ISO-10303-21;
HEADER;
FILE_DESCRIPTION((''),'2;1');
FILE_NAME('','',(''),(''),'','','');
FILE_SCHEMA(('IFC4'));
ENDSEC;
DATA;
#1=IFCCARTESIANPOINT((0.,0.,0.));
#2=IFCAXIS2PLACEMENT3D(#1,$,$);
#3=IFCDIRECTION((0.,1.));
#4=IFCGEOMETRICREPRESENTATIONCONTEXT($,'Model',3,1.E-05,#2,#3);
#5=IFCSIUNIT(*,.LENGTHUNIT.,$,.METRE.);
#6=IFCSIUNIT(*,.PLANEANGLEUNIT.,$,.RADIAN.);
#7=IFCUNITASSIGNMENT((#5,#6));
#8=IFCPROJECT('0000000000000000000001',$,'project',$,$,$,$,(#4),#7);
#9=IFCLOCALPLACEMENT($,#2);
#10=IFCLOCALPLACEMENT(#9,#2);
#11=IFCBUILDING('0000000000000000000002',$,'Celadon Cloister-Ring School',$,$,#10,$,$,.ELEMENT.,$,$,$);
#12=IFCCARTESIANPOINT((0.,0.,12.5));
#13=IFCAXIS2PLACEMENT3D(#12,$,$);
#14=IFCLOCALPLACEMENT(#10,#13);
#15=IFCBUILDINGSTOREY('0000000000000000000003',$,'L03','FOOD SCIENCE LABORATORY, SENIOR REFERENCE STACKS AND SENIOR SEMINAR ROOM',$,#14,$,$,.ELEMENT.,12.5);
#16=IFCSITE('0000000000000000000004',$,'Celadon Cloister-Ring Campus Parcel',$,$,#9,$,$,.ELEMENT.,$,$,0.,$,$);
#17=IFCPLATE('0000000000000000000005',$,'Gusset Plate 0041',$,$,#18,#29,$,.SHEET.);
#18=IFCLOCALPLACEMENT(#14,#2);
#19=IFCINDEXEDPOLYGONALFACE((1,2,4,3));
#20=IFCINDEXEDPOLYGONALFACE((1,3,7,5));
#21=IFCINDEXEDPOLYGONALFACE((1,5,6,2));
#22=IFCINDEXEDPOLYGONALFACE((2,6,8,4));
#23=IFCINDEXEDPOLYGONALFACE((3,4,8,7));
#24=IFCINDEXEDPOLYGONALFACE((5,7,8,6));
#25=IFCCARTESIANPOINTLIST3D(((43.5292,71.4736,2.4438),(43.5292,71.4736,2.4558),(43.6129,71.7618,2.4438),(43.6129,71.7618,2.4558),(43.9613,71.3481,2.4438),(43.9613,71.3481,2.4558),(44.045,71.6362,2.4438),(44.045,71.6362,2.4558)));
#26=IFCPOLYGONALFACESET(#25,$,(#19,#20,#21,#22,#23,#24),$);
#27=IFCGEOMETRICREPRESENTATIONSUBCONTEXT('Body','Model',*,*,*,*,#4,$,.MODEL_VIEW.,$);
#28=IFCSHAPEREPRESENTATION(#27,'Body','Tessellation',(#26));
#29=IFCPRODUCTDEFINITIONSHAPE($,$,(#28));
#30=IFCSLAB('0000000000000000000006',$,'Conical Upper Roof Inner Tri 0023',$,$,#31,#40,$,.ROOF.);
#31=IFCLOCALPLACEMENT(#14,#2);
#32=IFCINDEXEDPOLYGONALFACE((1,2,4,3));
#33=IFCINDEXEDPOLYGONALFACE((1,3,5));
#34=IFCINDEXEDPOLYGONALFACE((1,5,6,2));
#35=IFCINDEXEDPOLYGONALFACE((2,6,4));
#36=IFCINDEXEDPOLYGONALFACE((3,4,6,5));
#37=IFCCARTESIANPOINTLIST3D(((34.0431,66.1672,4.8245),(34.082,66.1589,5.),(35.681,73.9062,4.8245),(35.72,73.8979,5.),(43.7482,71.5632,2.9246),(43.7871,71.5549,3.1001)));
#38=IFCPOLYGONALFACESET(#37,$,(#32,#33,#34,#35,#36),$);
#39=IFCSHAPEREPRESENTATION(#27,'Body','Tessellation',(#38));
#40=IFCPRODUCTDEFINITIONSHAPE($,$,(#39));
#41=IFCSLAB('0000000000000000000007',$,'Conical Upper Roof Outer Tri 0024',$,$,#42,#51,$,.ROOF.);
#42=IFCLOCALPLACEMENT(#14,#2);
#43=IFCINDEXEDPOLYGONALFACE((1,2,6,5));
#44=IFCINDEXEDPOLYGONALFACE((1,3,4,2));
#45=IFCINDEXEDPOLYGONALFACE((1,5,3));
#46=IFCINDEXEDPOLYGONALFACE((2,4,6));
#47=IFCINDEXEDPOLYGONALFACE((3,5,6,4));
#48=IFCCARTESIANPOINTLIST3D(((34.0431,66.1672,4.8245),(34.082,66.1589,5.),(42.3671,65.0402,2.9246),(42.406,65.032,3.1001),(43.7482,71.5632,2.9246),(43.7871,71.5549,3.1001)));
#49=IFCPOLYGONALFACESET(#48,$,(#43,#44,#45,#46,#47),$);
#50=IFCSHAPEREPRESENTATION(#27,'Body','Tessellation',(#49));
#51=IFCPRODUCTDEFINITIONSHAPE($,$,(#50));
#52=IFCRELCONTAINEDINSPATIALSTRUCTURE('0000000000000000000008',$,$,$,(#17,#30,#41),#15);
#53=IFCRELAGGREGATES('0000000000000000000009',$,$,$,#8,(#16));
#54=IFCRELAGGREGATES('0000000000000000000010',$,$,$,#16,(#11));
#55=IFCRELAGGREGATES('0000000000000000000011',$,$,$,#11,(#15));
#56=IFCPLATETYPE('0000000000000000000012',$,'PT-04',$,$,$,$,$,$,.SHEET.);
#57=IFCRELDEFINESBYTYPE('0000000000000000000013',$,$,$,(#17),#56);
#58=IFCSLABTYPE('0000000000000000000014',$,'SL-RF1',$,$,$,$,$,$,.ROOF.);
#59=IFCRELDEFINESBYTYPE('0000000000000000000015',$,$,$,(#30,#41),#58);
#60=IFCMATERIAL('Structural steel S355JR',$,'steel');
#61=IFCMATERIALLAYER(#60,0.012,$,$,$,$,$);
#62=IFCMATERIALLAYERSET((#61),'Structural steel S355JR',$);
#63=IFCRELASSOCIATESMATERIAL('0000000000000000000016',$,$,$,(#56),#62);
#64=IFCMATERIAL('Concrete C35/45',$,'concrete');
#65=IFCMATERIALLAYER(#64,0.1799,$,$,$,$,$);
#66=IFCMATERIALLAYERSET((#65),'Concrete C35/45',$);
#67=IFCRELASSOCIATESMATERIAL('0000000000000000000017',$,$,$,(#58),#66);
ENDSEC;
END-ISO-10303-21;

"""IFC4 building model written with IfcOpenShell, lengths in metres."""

from ifc_helpers import new_model, si_unit, direction, frame, origin, origin_2d, place, context, subcontext, project, spatial, polyline, rectangle, outline, extrude, material, layer, layer_set, type_object, element, save


model = new_model("IFC4")

# Units and contexts
model_context = context("Model", 3, precision=1e-05, world=origin(), true_north=direction((0.0, 1.0)))
body_context = subcontext(model_context, "Body", "Model", "MODEL_VIEW")
ifc_project = project(units=[si_unit("LENGTHUNIT", "METRE"), si_unit("PLANEANGLEUNIT", "RADIAN")], contexts=[model_context])

# Site, building, storey
site_placement = place(None, origin())
site = spatial("IfcSite", under=ifc_project, at=site_placement, Name="Celadon Cloister-Ring Campus Parcel", CompositionType="ELEMENT", RefElevation=0.0)
building_placement = place(site_placement, origin())
building = spatial("IfcBuilding", under=site, at=building_placement, Name="Celadon Cloister-Ring School", CompositionType="ELEMENT")
storey_placement = place(building_placement, frame((0.0, 0.0, 12.5)))
storey = spatial("IfcBuildingStorey", under=building, at=storey_placement, Name="L03", Description="FOOD SCIENCE LABORATORY, SENIOR REFERENCE STACKS AND SENIOR SEMINAR ROOM", CompositionType="ELEMENT", Elevation=12.5)

# Plate
ifc_material_1 = material(Name="Structural steel S355JR", Category="steel")
ifc_layer_1 = layer(ifc_material_1, 0.012)
ifc_layer_set_1 = layer_set([ifc_layer_1], Name="Structural steel S355JR")
plate_type_1 = type_object("IfcPlateType", Name="PT-04", PredefinedType="SHEET", material=ifc_layer_set_1)
plate_1_placement = place(storey_placement, frame((43.7871, 71.5549, 2.4438), z_axis=(0.0, 0.0, 1.0), x_axis=(-0.960294, 0.278991, 0.0)))
element("IfcPlate", 1, at=plate_1_placement, inside=storey, type_object=plate_type_1, Name="Gusset Plate 0041", PredefinedType="SHEET", context=body_context, shape_type="SweptSolid", body=[
    extrude(rectangle(XDim=0.45, YDim=0.3, at=origin_2d()), origin(), (0.0, 0.0, 1.0), 0.012),
])

# Slabs
ifc_material_2 = material(Name="Concrete C35/45", Category="concrete")
ifc_layer_2 = layer(ifc_material_2, 0.1799)
ifc_layer_set_2 = layer_set([ifc_layer_2], Name="Concrete C35/45")
slab_type = type_object("IfcSlabType", Name="SL-RF1", PredefinedType="ROOF", material=ifc_layer_set_2)
slab_1_placement = place(storey_placement, frame((43.7871, 71.5549, 3.1001), z_axis=(0.216378, -0.045796, 0.975235), x_axis=(-0.936659, 0.272043, 0.220594)))
element("IfcSlab", 2, at=slab_1_placement, inside=storey, type_object=slab_type, Name="Conical Upper Roof Inner Tri 0023", PredefinedType="ROOF", context=body_context, shape_type="SweptSolid", body=[
    extrude(outline(polyline([(0.0, 0.0), (8.6127, 0.0), (8.0415, 7.8898), (0.0, 0.0)])), origin(), (0.0, 0.0, -1.0), 0.1799),
])
slab_2_placement = place(storey_placement, frame((43.7871, 71.5549, 3.1001), z_axis=(0.216389, -0.045816, 0.975232), x_axis=(-0.861475, -0.478978, 0.168646)))
element("IfcSlab", 3, at=slab_2_placement, inside=storey, type_object=slab_type, Name="Conical Upper Roof Outer Tri 0024", PredefinedType="ROOF", context=body_context, shape_type="SweptSolid", body=[
    extrude(outline(polyline([(0.0, 0.0), (11.2657, 0.0), (4.3141, 5.0838), (0.0, 0.0)])), origin(), (0.0, 0.0, -1.0), 0.1799),
])

save(model, "model.ifc")
